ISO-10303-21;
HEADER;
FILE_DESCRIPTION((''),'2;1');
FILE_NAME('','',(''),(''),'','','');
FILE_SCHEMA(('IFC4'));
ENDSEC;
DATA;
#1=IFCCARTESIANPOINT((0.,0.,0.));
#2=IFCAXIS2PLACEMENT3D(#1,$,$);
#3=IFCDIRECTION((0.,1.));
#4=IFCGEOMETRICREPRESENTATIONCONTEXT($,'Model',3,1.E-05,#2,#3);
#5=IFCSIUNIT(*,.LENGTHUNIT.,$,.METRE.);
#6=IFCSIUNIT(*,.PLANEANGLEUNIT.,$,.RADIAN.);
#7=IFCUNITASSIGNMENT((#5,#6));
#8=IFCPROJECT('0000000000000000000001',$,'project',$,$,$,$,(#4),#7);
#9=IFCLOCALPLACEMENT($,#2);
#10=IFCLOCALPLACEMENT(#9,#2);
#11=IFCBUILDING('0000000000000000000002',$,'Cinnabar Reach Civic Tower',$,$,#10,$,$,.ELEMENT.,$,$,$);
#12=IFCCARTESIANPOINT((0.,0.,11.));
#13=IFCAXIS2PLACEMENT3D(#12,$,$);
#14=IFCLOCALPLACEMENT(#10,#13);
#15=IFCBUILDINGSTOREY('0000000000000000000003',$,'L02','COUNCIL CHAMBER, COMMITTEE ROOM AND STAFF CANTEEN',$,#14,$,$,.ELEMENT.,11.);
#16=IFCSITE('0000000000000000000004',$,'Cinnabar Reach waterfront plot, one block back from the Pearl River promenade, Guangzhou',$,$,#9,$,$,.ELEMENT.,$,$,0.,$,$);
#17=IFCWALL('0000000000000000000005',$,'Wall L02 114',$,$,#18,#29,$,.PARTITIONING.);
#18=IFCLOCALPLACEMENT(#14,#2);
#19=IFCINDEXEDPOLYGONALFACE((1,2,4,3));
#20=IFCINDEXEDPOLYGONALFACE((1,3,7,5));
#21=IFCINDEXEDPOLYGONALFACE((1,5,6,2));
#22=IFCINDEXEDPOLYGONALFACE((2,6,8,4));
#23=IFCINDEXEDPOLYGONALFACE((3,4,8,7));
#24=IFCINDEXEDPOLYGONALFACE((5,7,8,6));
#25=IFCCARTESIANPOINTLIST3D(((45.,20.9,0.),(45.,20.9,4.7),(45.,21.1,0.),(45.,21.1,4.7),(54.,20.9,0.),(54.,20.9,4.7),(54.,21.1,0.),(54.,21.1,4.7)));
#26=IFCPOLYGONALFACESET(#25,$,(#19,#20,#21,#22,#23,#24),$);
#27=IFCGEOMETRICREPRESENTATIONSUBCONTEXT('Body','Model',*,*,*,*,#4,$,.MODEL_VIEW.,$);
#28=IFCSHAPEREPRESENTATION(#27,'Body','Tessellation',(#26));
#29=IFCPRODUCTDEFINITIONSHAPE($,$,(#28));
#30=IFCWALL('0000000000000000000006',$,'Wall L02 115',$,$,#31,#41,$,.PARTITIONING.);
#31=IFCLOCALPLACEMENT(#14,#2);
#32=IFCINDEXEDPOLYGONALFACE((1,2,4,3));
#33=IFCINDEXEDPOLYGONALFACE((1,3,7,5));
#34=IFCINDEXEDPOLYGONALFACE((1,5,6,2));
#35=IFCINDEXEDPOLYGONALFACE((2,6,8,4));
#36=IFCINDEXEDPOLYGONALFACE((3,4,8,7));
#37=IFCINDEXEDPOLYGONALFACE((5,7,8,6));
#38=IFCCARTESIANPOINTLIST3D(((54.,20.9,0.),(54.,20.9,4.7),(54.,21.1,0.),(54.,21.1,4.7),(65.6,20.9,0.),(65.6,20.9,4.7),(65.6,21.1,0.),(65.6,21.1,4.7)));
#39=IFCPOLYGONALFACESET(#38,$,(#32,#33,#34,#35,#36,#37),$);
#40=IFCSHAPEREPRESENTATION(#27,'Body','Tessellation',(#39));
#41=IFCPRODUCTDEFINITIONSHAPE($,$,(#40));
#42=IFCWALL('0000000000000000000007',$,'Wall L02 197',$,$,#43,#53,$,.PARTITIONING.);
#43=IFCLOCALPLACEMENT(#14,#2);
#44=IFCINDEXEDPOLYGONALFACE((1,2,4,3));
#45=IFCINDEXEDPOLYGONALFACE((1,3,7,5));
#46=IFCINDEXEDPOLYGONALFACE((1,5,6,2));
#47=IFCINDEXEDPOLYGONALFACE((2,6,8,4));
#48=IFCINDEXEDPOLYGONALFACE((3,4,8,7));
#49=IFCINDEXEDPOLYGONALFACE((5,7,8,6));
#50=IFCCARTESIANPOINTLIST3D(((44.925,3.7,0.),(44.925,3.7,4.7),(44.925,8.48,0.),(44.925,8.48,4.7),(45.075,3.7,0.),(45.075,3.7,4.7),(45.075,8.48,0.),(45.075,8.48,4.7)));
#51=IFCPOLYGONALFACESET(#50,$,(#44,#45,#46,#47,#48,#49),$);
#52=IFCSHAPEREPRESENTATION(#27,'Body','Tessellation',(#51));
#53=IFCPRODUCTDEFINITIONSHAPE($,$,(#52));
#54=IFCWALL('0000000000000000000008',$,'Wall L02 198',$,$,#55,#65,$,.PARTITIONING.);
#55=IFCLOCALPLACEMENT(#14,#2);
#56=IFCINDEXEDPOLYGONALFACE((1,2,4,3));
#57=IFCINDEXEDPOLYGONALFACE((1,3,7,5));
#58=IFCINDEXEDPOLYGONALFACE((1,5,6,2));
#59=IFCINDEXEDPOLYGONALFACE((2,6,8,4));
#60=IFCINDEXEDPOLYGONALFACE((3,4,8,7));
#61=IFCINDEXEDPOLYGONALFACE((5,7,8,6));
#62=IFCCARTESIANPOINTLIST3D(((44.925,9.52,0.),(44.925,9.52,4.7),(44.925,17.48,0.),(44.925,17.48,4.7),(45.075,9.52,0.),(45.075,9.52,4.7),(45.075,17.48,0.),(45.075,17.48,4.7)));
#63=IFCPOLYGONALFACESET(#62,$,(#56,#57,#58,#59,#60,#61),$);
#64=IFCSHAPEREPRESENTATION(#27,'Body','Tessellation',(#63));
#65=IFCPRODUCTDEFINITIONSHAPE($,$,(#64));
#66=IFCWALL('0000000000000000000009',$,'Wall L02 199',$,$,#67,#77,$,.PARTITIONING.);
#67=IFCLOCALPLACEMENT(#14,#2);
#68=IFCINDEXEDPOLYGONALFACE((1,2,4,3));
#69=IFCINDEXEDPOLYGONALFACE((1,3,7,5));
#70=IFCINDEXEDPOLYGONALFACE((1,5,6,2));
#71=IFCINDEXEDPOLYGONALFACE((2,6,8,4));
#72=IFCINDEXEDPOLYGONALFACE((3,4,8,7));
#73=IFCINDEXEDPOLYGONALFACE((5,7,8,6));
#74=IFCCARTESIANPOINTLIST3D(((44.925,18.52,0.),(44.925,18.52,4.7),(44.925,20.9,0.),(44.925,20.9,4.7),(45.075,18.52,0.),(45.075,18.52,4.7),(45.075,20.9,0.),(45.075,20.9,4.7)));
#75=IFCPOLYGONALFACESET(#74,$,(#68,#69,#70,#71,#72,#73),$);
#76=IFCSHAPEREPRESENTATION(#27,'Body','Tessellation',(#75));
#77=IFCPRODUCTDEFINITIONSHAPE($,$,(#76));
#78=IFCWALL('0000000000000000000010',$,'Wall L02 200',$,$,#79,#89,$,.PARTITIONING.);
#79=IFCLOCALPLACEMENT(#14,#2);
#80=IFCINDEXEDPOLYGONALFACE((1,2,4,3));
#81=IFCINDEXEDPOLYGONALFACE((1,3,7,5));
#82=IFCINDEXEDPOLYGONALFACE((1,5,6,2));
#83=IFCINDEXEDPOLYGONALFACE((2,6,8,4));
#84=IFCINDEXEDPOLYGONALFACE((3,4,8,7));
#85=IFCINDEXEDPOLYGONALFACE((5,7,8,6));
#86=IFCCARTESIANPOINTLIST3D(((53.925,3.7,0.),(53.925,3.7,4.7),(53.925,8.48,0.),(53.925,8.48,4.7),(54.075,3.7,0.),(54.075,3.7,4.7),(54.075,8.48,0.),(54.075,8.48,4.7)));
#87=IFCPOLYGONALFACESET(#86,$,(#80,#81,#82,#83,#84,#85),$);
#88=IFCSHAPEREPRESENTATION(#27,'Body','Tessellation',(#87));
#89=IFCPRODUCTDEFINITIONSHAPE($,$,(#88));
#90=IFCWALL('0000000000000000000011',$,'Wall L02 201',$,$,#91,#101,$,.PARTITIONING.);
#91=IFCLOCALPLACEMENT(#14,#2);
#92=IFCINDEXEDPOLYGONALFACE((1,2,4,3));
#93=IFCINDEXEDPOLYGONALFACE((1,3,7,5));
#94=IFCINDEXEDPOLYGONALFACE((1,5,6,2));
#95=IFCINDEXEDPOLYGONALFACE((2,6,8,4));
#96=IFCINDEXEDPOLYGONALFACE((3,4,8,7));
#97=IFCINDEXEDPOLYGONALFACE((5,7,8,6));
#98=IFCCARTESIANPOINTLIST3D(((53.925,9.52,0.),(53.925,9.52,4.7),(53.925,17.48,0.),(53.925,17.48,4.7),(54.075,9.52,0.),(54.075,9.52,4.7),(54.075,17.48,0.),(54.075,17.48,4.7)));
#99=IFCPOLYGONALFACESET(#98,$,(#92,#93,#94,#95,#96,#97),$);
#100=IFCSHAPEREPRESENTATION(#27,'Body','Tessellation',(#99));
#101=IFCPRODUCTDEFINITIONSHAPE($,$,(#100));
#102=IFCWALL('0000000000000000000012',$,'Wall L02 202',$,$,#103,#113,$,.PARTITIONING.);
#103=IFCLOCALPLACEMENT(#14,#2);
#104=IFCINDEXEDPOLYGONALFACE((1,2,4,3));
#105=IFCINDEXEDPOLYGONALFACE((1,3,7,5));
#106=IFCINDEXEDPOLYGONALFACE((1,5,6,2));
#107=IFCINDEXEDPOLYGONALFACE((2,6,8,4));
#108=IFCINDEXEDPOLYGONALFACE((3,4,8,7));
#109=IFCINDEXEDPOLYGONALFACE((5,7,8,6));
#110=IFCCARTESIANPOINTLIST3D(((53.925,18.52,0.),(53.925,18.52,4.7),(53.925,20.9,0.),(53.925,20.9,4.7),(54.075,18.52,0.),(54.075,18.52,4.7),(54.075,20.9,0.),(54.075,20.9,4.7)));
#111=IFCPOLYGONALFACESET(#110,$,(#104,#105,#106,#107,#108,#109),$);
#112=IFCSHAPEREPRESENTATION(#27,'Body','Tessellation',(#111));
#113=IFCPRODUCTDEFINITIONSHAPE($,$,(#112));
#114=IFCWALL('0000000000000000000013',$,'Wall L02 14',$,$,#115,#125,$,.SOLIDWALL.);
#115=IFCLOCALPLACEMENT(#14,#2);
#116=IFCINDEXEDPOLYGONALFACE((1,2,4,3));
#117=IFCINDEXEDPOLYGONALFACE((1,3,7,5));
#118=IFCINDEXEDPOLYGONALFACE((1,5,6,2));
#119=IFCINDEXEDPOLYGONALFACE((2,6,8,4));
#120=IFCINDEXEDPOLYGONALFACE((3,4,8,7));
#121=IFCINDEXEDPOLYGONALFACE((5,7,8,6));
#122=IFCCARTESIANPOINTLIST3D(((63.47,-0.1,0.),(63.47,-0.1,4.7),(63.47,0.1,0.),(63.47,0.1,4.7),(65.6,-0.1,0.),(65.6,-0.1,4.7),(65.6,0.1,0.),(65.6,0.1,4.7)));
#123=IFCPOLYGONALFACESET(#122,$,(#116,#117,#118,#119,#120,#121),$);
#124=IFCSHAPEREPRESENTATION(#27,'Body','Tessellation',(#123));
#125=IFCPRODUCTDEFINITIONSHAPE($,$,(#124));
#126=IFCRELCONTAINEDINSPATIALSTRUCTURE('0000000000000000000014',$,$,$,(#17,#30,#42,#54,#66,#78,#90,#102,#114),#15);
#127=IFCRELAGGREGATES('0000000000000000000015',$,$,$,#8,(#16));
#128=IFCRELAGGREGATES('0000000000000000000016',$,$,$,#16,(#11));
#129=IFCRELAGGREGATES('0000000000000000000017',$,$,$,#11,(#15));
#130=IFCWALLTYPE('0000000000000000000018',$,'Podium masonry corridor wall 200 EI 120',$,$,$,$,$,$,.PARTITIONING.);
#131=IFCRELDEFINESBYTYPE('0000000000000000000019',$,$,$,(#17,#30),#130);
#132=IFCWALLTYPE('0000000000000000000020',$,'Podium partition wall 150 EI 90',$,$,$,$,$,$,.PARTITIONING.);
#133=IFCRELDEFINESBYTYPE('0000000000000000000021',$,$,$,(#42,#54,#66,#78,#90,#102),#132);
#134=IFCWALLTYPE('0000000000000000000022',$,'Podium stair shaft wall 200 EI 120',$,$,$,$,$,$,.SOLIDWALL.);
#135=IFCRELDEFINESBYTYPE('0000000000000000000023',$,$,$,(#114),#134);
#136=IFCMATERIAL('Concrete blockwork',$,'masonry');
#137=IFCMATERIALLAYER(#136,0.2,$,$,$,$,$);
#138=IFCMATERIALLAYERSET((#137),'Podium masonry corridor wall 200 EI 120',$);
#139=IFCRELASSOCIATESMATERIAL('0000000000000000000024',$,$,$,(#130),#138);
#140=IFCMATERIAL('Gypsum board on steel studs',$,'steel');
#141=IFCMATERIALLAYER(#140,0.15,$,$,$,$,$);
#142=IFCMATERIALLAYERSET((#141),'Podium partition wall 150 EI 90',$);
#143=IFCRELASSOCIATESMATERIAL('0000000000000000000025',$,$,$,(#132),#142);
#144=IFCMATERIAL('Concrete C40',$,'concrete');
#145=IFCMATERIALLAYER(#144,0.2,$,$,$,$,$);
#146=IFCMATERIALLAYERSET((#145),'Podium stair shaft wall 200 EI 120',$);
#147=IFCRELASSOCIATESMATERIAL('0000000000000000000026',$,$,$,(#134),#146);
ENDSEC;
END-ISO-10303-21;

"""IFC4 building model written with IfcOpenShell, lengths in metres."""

from ifc_helpers import new_model, si_unit, direction, frame, frame_2d, origin, place, context, subcontext, project, spatial, rectangle, extrude, material, layer, layer_set, type_object, element, save


model = new_model("IFC4")

# Units and contexts
model_context = context("Model", 3, precision=1e-05, world=origin(), true_north=direction((0.0, 1.0)))
body_context = subcontext(model_context, "Body", "Model", "MODEL_VIEW")
ifc_project = project(units=[si_unit("LENGTHUNIT", "METRE"), si_unit("PLANEANGLEUNIT", "RADIAN")], contexts=[model_context])

# Site, building, storey
site_placement = place(None, origin())
site = spatial("IfcSite", under=ifc_project, at=site_placement, Name="Cinnabar Reach waterfront plot, one block back from the Pearl River promenade, Guangzhou", CompositionType="ELEMENT", RefElevation=0.0)
building_placement = place(site_placement, origin())
building = spatial("IfcBuilding", under=site, at=building_placement, Name="Cinnabar Reach Civic Tower", CompositionType="ELEMENT")
storey_placement = place(building_placement, frame((0.0, 0.0, 11.0)))
storey = spatial("IfcBuildingStorey", under=building, at=storey_placement, Name="L02", Description="COUNCIL CHAMBER, COMMITTEE ROOM AND STAFF CANTEEN", CompositionType="ELEMENT", Elevation=11.0)

# Shared definitions
ifc_material_1 = material(Name="Concrete blockwork", Category="masonry")
ifc_layer_1 = layer(ifc_material_1, 0.2)
ifc_layer_set_1 = layer_set([ifc_layer_1], Name="Podium masonry corridor wall 200 EI 120")
wall_type_1 = type_object("IfcWallType", Name="Podium masonry corridor wall 200 EI 120", PredefinedType="PARTITIONING", material=ifc_layer_set_1)

# Walls
wall_1_placement = place(storey_placement, frame((45.0, 21.0, 0.0), z_axis=(0.0, 0.0, 1.0), x_axis=(1.0, 0.0, 0.0)))
element("IfcWall", 1, at=wall_1_placement, inside=storey, type_object=wall_type_1, Name="Wall L02 114", PredefinedType="PARTITIONING", context=body_context, shape_type="SweptSolid", body=[
    extrude(rectangle(XDim=9.0, YDim=0.2, at=frame_2d((4.5, 0.0))), origin(), (0.0, 0.0, 1.0), 4.7),
])
wall_2_placement = place(storey_placement, frame((54.0, 21.0, 0.0), z_axis=(0.0, 0.0, 1.0), x_axis=(1.0, 0.0, 0.0)))
element("IfcWall", 2, at=wall_2_placement, inside=storey, type_object=wall_type_1, Name="Wall L02 115", PredefinedType="PARTITIONING", context=body_context, shape_type="SweptSolid", body=[
    extrude(rectangle(XDim=11.6, YDim=0.2, at=frame_2d((5.8, 0.0))), origin(), (0.0, 0.0, 1.0), 4.7),
])
ifc_material_2 = material(Name="Gypsum board on steel studs", Category="steel")
ifc_layer_2 = layer(ifc_material_2, 0.15)
ifc_layer_set_2 = layer_set([ifc_layer_2], Name="Podium partition wall 150 EI 90")
wall_type_2 = type_object("IfcWallType", Name="Podium partition wall 150 EI 90", PredefinedType="PARTITIONING", material=ifc_layer_set_2)
wall_3_placement = place(storey_placement, frame((45.0, 3.7, 0.0), z_axis=(0.0, 0.0, 1.0), x_axis=(0.0, 1.0, 0.0)))
element("IfcWall", 3, at=wall_3_placement, inside=storey, type_object=wall_type_2, Name="Wall L02 197", PredefinedType="PARTITIONING", context=body_context, shape_type="SweptSolid", body=[
    extrude(rectangle(XDim=4.78, YDim=0.15, at=frame_2d((2.39, 0.0))), origin(), (0.0, 0.0, 1.0), 4.7),
])
wall_4_placement = place(storey_placement, frame((45.0, 9.52, 0.0), z_axis=(0.0, 0.0, 1.0), x_axis=(0.0, 1.0, 0.0)))
element("IfcWall", 4, at=wall_4_placement, inside=storey, type_object=wall_type_2, Name="Wall L02 198", PredefinedType="PARTITIONING", context=body_context, shape_type="SweptSolid", body=[
    extrude(rectangle(XDim=7.96, YDim=0.15, at=frame_2d((3.98, 0.0))), origin(), (0.0, 0.0, 1.0), 4.7),
])
wall_5_placement = place(storey_placement, frame((45.0, 18.52, 0.0), z_axis=(0.0, 0.0, 1.0), x_axis=(0.0, 1.0, 0.0)))
element("IfcWall", 5, at=wall_5_placement, inside=storey, type_object=wall_type_2, Name="Wall L02 199", PredefinedType="PARTITIONING", context=body_context, shape_type="SweptSolid", body=[
    extrude(rectangle(XDim=2.38, YDim=0.15, at=frame_2d((1.19, 0.0))), origin(), (0.0, 0.0, 1.0), 4.7),
])
wall_6_placement = place(storey_placement, frame((54.0, 3.7, 0.0), z_axis=(0.0, 0.0, 1.0), x_axis=(0.0, 1.0, 0.0)))
element("IfcWall", 6, at=wall_6_placement, inside=storey, type_object=wall_type_2, Name="Wall L02 200", PredefinedType="PARTITIONING", context=body_context, shape_type="SweptSolid", body=[
    extrude(rectangle(XDim=4.78, YDim=0.15, at=frame_2d((2.39, 0.0))), origin(), (0.0, 0.0, 1.0), 4.7),
])
wall_7_placement = place(storey_placement, frame((54.0, 9.52, 0.0), z_axis=(0.0, 0.0, 1.0), x_axis=(0.0, 1.0, 0.0)))
element("IfcWall", 7, at=wall_7_placement, inside=storey, type_object=wall_type_2, Name="Wall L02 201", PredefinedType="PARTITIONING", context=body_context, shape_type="SweptSolid", body=[
    extrude(rectangle(XDim=7.96, YDim=0.15, at=frame_2d((3.98, 0.0))), origin(), (0.0, 0.0, 1.0), 4.7),
])
wall_8_placement = place(storey_placement, frame((54.0, 18.52, 0.0), z_axis=(0.0, 0.0, 1.0), x_axis=(0.0, 1.0, 0.0)))
element("IfcWall", 8, at=wall_8_placement, inside=storey, type_object=wall_type_2, Name="Wall L02 202", PredefinedType="PARTITIONING", context=body_context, shape_type="SweptSolid", body=[
    extrude(rectangle(XDim=2.38, YDim=0.15, at=frame_2d((1.19, 0.0))), origin(), (0.0, 0.0, 1.0), 4.7),
])
ifc_material_3 = material(Name="Concrete C40", Category="concrete")
ifc_layer_3 = layer(ifc_material_3, 0.2)
ifc_layer_set_3 = layer_set([ifc_layer_3], Name="Podium stair shaft wall 200 EI 120")
wall_type_3 = type_object("IfcWallType", Name="Podium stair shaft wall 200 EI 120", PredefinedType="SOLIDWALL", material=ifc_layer_set_3)
wall_9_placement = place(storey_placement, frame((63.47, 0.0, 0.0), z_axis=(0.0, 0.0, 1.0), x_axis=(1.0, 0.0, 0.0)))
element("IfcWall", 9, at=wall_9_placement, inside=storey, type_object=wall_type_3, Name="Wall L02 14", PredefinedType="SOLIDWALL", context=body_context, shape_type="SweptSolid", body=[
    extrude(rectangle(XDim=2.13, YDim=0.2, at=frame_2d((1.065, 0.0))), origin(), (0.0, 0.0, 1.0), 4.7),
])

save(model, "model.ifc")
